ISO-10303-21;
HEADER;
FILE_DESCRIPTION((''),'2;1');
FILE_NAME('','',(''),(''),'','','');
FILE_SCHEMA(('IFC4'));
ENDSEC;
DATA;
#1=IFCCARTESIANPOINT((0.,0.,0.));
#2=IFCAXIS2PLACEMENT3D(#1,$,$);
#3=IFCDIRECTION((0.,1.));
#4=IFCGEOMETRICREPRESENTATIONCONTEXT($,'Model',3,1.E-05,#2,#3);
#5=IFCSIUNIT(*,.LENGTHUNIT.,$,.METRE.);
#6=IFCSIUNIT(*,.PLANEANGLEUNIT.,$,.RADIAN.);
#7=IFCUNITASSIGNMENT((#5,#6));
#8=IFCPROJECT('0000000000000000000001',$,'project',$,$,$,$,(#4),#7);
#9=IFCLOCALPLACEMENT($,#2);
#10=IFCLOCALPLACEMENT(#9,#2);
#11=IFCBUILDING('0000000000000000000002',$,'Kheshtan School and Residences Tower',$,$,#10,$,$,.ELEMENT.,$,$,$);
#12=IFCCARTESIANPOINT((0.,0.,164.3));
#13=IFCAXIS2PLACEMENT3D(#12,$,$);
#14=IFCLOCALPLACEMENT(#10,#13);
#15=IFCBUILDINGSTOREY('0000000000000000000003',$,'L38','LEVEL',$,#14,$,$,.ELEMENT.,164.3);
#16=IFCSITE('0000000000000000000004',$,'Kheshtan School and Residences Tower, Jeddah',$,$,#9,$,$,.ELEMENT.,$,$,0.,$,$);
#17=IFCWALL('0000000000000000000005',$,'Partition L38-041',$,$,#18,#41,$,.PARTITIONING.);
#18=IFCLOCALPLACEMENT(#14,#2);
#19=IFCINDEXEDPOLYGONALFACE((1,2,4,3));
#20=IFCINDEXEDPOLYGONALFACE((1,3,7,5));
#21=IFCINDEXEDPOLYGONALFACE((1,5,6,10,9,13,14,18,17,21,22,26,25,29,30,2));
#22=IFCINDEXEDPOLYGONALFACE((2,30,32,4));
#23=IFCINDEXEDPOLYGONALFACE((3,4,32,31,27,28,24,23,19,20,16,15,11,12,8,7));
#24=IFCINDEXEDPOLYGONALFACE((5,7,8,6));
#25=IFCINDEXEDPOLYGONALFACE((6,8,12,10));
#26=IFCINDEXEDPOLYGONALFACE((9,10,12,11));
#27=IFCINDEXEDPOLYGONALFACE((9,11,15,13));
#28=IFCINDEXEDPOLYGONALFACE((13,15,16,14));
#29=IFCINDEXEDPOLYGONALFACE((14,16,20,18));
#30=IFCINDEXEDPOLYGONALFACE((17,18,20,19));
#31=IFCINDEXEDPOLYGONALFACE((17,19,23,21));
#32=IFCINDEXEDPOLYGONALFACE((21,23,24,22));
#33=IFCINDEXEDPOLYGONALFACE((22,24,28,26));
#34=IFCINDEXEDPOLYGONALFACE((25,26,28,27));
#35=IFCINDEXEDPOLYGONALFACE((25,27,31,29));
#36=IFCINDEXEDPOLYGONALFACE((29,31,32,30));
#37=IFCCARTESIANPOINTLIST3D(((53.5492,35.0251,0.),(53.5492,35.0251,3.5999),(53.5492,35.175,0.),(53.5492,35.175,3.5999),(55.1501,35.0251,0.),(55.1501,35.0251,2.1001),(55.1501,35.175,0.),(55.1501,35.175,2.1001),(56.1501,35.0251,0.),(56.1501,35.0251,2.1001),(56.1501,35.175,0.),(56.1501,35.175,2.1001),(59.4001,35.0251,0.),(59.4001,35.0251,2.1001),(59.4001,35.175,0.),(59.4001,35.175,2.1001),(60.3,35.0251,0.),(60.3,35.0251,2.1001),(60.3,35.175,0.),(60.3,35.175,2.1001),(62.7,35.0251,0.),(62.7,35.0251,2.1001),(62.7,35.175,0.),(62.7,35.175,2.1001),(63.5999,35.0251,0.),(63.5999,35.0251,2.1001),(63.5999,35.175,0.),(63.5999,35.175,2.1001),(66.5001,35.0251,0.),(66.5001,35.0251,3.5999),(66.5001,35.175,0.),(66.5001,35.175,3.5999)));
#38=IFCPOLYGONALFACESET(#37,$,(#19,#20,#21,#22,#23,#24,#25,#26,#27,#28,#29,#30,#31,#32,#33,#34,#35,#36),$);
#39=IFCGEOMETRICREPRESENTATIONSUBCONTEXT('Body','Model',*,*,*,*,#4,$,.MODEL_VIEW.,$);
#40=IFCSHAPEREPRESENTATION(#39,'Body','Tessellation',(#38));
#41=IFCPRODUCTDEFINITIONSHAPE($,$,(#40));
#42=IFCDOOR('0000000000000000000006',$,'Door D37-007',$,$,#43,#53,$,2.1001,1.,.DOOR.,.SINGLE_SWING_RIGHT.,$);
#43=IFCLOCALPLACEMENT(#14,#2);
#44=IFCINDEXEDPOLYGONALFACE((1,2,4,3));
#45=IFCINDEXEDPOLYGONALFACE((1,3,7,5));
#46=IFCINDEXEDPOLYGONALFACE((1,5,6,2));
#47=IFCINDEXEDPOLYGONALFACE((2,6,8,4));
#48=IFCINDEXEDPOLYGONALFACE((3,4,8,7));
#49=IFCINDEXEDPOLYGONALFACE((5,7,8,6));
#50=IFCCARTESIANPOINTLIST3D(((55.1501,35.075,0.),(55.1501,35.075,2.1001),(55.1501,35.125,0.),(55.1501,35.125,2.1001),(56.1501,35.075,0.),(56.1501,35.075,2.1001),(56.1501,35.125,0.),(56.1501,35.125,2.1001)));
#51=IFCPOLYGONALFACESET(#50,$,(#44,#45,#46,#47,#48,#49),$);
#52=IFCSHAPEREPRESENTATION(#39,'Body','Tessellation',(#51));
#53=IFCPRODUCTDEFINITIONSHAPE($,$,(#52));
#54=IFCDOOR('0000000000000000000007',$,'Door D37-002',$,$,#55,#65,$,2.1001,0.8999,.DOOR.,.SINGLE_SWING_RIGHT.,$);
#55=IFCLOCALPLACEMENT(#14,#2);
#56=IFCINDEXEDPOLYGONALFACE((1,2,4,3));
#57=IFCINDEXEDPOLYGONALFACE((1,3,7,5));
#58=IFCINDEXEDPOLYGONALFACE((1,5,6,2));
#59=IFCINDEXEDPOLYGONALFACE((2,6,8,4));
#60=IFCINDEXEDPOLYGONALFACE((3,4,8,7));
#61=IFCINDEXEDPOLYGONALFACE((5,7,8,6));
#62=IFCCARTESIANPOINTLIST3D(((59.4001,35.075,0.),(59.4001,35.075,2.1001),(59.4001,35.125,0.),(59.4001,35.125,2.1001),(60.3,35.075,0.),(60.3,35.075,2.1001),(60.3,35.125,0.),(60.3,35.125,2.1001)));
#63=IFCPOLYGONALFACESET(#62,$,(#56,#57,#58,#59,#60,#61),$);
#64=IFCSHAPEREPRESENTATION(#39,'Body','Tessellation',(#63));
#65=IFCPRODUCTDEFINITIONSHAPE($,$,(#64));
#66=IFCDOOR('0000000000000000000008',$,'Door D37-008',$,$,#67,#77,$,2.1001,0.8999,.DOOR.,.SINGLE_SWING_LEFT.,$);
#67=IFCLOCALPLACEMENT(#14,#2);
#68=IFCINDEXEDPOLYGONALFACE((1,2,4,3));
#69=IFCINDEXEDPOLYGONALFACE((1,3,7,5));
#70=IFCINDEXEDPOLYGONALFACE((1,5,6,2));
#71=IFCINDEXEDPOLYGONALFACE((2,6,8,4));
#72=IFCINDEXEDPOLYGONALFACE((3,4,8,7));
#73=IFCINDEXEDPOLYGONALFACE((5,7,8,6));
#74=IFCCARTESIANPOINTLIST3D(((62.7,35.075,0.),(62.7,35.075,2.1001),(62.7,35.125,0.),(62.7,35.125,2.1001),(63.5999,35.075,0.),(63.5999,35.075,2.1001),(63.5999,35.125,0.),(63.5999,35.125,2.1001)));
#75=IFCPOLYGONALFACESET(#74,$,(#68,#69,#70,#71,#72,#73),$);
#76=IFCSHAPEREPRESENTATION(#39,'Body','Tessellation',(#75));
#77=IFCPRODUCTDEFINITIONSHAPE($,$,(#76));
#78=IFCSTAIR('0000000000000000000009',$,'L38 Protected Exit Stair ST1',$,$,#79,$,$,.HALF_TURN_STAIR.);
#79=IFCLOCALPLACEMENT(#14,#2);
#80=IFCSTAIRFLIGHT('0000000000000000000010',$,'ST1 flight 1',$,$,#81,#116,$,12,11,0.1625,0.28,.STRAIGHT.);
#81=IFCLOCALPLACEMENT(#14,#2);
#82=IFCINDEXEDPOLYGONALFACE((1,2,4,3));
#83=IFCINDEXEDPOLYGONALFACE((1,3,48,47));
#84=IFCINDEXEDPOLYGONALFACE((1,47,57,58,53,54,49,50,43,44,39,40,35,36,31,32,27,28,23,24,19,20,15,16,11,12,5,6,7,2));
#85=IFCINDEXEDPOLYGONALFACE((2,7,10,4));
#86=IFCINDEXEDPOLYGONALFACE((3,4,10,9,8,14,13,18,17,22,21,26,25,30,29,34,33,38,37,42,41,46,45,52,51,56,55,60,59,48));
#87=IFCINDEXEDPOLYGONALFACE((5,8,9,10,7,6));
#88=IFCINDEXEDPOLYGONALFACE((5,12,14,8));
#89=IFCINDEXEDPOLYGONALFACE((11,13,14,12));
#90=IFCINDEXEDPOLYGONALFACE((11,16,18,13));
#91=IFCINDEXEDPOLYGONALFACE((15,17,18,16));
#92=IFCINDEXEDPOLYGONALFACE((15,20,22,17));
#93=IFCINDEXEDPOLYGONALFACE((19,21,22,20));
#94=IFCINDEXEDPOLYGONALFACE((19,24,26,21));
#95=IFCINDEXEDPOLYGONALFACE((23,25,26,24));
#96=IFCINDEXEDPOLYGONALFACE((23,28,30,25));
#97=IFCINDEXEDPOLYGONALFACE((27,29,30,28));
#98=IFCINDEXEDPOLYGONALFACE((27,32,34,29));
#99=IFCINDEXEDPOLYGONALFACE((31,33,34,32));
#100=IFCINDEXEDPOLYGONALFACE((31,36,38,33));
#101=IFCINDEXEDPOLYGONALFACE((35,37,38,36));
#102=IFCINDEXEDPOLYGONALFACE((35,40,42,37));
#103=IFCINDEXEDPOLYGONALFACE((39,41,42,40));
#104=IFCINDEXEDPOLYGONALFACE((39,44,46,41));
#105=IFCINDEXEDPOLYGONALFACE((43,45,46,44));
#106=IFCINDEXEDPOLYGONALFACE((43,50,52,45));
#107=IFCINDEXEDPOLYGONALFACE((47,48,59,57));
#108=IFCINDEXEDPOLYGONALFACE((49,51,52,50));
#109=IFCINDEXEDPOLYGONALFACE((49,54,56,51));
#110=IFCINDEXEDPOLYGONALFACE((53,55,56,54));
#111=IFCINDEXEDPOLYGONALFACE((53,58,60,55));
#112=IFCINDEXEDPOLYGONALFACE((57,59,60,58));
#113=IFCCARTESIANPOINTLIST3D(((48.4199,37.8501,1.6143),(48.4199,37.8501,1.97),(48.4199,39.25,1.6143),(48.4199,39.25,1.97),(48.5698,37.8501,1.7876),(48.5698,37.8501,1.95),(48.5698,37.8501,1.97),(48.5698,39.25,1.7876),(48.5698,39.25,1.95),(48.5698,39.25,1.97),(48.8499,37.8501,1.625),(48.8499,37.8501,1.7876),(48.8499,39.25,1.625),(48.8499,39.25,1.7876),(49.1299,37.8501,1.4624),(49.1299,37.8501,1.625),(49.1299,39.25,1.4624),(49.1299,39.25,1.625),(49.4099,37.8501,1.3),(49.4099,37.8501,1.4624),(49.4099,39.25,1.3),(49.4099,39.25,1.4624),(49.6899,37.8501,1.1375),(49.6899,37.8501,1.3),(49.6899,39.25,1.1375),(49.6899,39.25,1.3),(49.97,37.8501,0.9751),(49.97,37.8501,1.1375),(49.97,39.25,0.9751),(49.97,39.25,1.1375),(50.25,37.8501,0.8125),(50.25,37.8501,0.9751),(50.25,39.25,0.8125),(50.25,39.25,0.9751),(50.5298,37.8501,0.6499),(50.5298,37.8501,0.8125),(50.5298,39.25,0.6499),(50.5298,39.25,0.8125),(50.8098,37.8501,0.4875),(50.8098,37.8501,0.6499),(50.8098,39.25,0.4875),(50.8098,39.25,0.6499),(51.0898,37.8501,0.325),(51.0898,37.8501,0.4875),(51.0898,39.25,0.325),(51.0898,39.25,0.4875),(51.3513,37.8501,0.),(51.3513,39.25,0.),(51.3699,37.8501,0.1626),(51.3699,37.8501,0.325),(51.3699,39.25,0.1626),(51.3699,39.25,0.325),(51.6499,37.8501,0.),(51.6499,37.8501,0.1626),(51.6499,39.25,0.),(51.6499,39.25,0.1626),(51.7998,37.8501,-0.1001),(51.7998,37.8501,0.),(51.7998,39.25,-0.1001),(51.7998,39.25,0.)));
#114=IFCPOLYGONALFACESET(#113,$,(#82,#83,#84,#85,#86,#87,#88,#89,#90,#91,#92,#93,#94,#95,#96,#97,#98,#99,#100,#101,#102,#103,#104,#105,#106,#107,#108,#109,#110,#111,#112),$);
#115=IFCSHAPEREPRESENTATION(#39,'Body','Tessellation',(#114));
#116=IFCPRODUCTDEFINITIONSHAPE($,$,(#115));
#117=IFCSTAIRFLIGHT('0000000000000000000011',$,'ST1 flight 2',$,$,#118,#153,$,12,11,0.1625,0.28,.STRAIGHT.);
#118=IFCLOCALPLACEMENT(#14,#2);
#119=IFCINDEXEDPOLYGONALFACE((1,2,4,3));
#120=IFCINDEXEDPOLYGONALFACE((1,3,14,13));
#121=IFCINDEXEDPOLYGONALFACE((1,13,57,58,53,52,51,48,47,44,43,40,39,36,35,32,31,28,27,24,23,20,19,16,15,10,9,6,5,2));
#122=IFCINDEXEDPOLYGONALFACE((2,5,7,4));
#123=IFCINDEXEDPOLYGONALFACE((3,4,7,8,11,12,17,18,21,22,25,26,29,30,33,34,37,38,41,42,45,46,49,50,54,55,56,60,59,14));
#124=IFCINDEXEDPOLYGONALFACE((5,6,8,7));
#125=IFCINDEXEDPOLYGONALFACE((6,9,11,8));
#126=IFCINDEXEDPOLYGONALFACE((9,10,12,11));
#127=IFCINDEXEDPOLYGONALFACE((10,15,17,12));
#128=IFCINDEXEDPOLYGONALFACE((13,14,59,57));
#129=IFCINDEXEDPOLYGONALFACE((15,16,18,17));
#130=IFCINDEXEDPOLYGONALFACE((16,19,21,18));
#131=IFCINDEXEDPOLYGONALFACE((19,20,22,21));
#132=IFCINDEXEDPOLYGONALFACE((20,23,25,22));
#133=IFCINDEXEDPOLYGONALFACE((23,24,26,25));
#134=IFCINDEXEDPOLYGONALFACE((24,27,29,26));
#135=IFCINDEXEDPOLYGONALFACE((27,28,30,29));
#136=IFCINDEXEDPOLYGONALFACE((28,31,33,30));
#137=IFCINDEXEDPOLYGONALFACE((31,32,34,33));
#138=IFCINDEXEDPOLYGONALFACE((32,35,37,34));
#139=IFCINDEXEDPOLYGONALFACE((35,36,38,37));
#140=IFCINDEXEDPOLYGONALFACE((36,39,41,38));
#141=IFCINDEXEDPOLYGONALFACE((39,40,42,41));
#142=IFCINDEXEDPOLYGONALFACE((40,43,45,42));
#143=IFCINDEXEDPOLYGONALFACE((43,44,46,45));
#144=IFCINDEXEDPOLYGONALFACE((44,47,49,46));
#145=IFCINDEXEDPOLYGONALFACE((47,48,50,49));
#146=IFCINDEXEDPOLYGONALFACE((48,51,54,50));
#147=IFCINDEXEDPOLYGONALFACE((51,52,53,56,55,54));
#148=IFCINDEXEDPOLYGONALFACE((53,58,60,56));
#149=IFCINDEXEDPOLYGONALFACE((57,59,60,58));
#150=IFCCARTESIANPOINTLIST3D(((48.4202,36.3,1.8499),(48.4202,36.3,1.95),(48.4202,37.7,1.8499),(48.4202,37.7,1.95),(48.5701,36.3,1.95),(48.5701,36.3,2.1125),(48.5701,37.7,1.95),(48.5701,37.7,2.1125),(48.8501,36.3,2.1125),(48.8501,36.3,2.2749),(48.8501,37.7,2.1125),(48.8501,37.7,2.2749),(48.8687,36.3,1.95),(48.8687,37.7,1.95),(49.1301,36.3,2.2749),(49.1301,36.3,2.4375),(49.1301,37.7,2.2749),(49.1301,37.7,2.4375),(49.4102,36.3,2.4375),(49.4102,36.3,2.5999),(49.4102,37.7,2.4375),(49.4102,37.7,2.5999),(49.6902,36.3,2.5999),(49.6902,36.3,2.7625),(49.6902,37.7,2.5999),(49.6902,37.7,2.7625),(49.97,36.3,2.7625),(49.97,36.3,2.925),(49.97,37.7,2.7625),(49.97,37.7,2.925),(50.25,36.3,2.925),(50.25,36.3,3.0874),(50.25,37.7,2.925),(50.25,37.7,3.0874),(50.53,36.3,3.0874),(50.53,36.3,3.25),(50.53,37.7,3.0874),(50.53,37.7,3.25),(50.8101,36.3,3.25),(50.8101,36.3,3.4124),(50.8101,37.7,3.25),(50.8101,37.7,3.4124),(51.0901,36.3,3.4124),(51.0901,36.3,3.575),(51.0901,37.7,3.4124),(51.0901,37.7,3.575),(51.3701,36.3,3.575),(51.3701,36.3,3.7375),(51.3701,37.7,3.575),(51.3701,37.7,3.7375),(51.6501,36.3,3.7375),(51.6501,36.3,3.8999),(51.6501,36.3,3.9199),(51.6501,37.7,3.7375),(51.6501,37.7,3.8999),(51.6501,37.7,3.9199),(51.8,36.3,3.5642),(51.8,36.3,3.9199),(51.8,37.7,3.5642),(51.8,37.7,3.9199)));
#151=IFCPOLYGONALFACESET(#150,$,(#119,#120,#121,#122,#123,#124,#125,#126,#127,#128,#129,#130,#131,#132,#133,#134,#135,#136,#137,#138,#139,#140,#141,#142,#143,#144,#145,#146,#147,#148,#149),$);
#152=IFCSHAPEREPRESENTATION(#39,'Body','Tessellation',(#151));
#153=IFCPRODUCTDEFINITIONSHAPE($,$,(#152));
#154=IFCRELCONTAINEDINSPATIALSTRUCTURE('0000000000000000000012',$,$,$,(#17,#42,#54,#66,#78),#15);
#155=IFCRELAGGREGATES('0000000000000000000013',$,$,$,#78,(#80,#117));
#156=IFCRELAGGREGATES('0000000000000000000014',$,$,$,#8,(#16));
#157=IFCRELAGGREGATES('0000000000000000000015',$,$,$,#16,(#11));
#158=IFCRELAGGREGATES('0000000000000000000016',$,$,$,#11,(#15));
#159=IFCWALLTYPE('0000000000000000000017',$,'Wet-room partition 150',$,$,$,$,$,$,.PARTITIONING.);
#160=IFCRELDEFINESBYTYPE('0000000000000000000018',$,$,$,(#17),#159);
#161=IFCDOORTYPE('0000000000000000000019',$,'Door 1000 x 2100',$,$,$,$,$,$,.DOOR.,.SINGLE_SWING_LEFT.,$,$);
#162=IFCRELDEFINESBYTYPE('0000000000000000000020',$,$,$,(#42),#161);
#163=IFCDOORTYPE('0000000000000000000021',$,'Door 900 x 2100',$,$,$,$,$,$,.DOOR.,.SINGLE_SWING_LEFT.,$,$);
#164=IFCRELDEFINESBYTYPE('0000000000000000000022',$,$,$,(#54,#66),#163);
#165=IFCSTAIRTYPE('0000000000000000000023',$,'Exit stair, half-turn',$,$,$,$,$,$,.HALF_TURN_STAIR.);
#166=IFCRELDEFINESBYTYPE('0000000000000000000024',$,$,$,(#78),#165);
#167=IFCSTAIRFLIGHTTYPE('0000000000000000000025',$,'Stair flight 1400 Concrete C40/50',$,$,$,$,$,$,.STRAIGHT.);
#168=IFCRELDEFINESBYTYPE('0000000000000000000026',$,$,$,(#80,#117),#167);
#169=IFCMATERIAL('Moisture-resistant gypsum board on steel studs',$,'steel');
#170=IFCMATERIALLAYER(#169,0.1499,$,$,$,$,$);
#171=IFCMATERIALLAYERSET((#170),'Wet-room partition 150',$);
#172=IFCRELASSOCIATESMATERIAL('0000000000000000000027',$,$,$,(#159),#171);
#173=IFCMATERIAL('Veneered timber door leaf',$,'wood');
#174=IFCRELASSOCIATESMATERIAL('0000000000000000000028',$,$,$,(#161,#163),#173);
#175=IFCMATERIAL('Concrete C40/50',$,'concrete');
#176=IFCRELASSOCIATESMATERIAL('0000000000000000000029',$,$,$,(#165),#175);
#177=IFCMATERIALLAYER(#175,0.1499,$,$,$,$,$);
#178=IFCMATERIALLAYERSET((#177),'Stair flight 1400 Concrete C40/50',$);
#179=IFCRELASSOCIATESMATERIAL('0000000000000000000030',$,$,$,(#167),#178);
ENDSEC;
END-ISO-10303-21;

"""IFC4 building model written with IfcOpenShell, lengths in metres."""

from ifc_helpers import new_model, si_unit, direction, frame, frame_2d, origin, place, context, subcontext, project, spatial, polyline, rectangle, outline, extrude, source, transform, mapped, material, layer, layer_set, type_object, element, fill, aggregate, save


model = new_model("IFC4")

# Units and contexts
model_context = context("Model", 3, precision=1e-05, world=origin(), true_north=direction((0.0, 1.0)))
body_context = subcontext(model_context, "Body", "Model", "MODEL_VIEW")
ifc_project = project(units=[si_unit("LENGTHUNIT", "METRE"), si_unit("PLANEANGLEUNIT", "RADIAN")], contexts=[model_context])

# Site, building, storey
site_placement = place(None, origin())
site = spatial("IfcSite", under=ifc_project, at=site_placement, Name="Kheshtan School and Residences Tower, Jeddah", CompositionType="ELEMENT", RefElevation=0.0)
building_placement = place(site_placement, origin())
building = spatial("IfcBuilding", under=site, at=building_placement, Name="Kheshtan School and Residences Tower", CompositionType="ELEMENT")
storey_placement = place(building_placement, frame((0.0, 0.0, 164.3)))
storey = spatial("IfcBuildingStorey", under=building, at=storey_placement, Name="L38", Description="LEVEL", CompositionType="ELEMENT", Elevation=164.3)

# Shared definitions
ifc_material_1 = material(Name="Concrete C40/50", Category="concrete")

# Wall, openings, doors
ifc_material_2 = material(Name="Moisture-resistant gypsum board on steel studs", Category="steel")
ifc_layer_1 = layer(ifc_material_2, 0.1499)
ifc_layer_set_1 = layer_set([ifc_layer_1], Name="Wet-room partition 150")
wall_type_1 = type_object("IfcWallType", Name="Wet-room partition 150", PredefinedType="PARTITIONING", material=ifc_layer_set_1)
wall_1_placement = place(storey_placement, frame((53.5491, 35.1001, 0.0), z_axis=(0.0, 0.0, 1.0), x_axis=(1.0, 0.0, 0.0)))
wall_1 = element("IfcWall", 1, at=wall_1_placement, inside=storey, type_object=wall_type_1, Name="Partition L38-041", PredefinedType="PARTITIONING", context=body_context, shape_type="SweptSolid", body=[
    extrude(rectangle(XDim=12.9509, YDim=0.1499, at=frame_2d((6.4756, 0.0))), origin(), (0.0, 0.0, 1.0), 3.5999),
])
opening_1_placement = place(wall_1_placement, frame((5.8511, 0.0, 0.0)))
opening_1 = element("IfcOpeningElement", 2, at=opening_1_placement, cuts=wall_1, PredefinedType="OPENING", context=body_context, shape_type="SweptSolid", body=[
    extrude(rectangle(XDim=0.8999, YDim=2.1001, at=frame_2d((0.45, 1.05))), frame((0.0, 0.085, 0.0), z_axis=(0.0, -1.0, 0.0), x_axis=(1.0, 0.0, 0.0)), (0.0, 0.0, 1.0), 0.1699),
])
opening_2_placement = place(wall_1_placement, frame((1.6011, 0.0, 0.0)))
opening_2 = element("IfcOpeningElement", 3, at=opening_2_placement, cuts=wall_1, PredefinedType="OPENING", context=body_context, shape_type="SweptSolid", body=[
    extrude(rectangle(XDim=1.0, YDim=2.1001, at=frame_2d((0.5, 1.05))), frame((0.0, 0.085, 0.0), z_axis=(0.0, -1.0, 0.0), x_axis=(1.0, 0.0, 0.0)), (0.0, 0.0, 1.0), 0.1699),
])
opening_3_placement = place(wall_1_placement, frame((9.1509, 0.0, 0.0)))
opening_3 = element("IfcOpeningElement", 4, at=opening_3_placement, cuts=wall_1, PredefinedType="OPENING", context=body_context, shape_type="SweptSolid", body=[
    extrude(rectangle(XDim=0.8999, YDim=2.1001, at=frame_2d((0.45, 1.05))), frame((0.0, 0.085, 0.0), z_axis=(0.0, -1.0, 0.0), x_axis=(1.0, 0.0, 0.0)), (0.0, 0.0, 1.0), 0.1699),
])
ifc_material_3 = material(Name="Veneered timber door leaf", Category="wood")
door_type_1 = type_object("IfcDoorType", Name="Door 1000 x 2100", OperationType="SINGLE_SWING_LEFT", PredefinedType="DOOR", material=ifc_material_3)
shared_shape_1 = source(origin(), body_context, "Body", "SweptSolid", [
    extrude(rectangle(XDim=1.0, YDim=2.1001, at=frame_2d((0.5, 1.05))), frame((0.0, 0.0249, 0.0), z_axis=(0.0, -1.0, 0.0), x_axis=(1.0, 0.0, 0.0)), (0.0, 0.0, 1.0), 0.05),
])
door_1_placement = place(opening_2_placement, origin())
door_1 = element("IfcDoor", 5, at=door_1_placement, inside=storey, type_object=door_type_1, Name="Door D37-007", OperationType="SINGLE_SWING_RIGHT", OverallHeight=2.1001, OverallWidth=1.0, PredefinedType="DOOR", context=body_context, shape_type="MappedRepresentation", body=[
    mapped(shared_shape_1, transform((0.0, 0.0, 0.0), x_axis=(1.0, 0.0, 0.0), y_axis=(0.0, 1.0, 0.0), z_axis=(0.0, 0.0, 1.0), scale=1.0)),
])
fill(opening_2, door_1)
door_type_2 = type_object("IfcDoorType", Name="Door 900 x 2100", OperationType="SINGLE_SWING_LEFT", PredefinedType="DOOR", material=ifc_material_3)
shared_shape_2 = source(origin(), body_context, "Body", "SweptSolid", [
    extrude(rectangle(XDim=0.8999, YDim=2.1001, at=frame_2d((0.45, 1.05))), frame((0.0, 0.0249, 0.0), z_axis=(0.0, -1.0, 0.0), x_axis=(1.0, 0.0, 0.0)), (0.0, 0.0, 1.0), 0.05),
])
door_2_placement = place(opening_1_placement, origin())
door_2 = element("IfcDoor", 6, at=door_2_placement, inside=storey, type_object=door_type_2, Name="Door D37-002", OperationType="SINGLE_SWING_RIGHT", OverallHeight=2.1001, OverallWidth=0.8999, PredefinedType="DOOR", context=body_context, shape_type="MappedRepresentation", body=[
    mapped(shared_shape_2, transform((0.0, 0.0, 0.0), x_axis=(1.0, 0.0, 0.0), y_axis=(0.0, 1.0, 0.0), z_axis=(0.0, 0.0, 1.0), scale=1.0)),
])
fill(opening_1, door_2)
door_3_placement = place(opening_3_placement, origin())
door_3 = element("IfcDoor", 7, at=door_3_placement, inside=storey, type_object=door_type_2, Name="Door D37-008", OperationType="SINGLE_SWING_LEFT", OverallHeight=2.1001, OverallWidth=0.8999, PredefinedType="DOOR", context=body_context, shape_type="MappedRepresentation", body=[
    mapped(shared_shape_2, transform((0.0, 0.0, 0.0), x_axis=(1.0, 0.0, 0.0), y_axis=(0.0, 1.0, 0.0), z_axis=(0.0, 0.0, 1.0), scale=1.0)),
])
fill(opening_3, door_3)

# Stair, stair flights
stair_type = type_object("IfcStairType", Name="Exit stair, half-turn", PredefinedType="HALF_TURN_STAIR", material=ifc_material_1)
stair_placement = place(storey_placement, origin())
stair = element("IfcStair", 8, at=stair_placement, inside=storey, type_object=stair_type, Name="L38 Protected Exit Stair ST1", PredefinedType="HALF_TURN_STAIR")
ifc_layer_2 = layer(ifc_material_1, 0.1499)
ifc_layer_set_2 = layer_set([ifc_layer_2], Name="Stair flight 1400 Concrete C40/50")
stair_flight_type = type_object("IfcStairFlightType", Name="Stair flight 1400 Concrete C40/50", PredefinedType="STRAIGHT", material=ifc_layer_set_2)
stair_flight_1_placement = place(storey_placement, frame((51.6499, 38.55, 0.0), z_axis=(0.0, 0.0, 1.0), x_axis=(-1.0, 0.0, 0.0)))
stair_flight_1 = element("IfcStairFlight", 9, at=stair_flight_1_placement, type_object=stair_flight_type, Name="ST1 flight 1", NumberOfRisers=12, NumberOfTreads=11, PredefinedType="STRAIGHT", RiserHeight=0.1625, TreadLength=0.28, context=body_context, shape_type="SweptSolid", body=[
    extrude(outline(polyline([(-0.1499, -0.1001), (-0.1499, 0.0), (0.0, 0.0), (0.0, 0.1626), (0.28, 0.1626), (0.28, 0.325), (0.5601, 0.325), (0.5601, 0.4875), (0.8401, 0.4875), (0.8401, 0.6499), (1.1201, 0.6499), (1.1201, 0.8125), (1.3999, 0.8125), (1.3999, 0.9751), (1.6799, 0.9751), (1.6799, 1.1375), (1.96, 1.1375), (1.96, 1.3), (2.24, 1.3), (2.24, 1.4624), (2.52, 1.4624), (2.52, 1.625), (2.8, 1.625), (2.8, 1.7876), (3.0801, 1.7876), (3.0801, 1.95), (3.0801, 1.97), (3.23, 1.97), (3.23, 1.6143), (0.2986, 0.0), (-0.1499, -0.1001)])), frame((0.0, 0.7, 0.0), z_axis=(0.0, -1.0, 0.0), x_axis=(1.0, 0.0, 0.0)), (0.0, 0.0, 1.0), 1.3999),
])
stair_flight_2_placement = place(storey_placement, frame((48.5701, 37.0, 1.95), z_axis=(0.0, 0.0, 1.0), x_axis=(1.0, 0.0, 0.0)))
stair_flight_2 = element("IfcStairFlight", 10, at=stair_flight_2_placement, type_object=stair_flight_type, Name="ST1 flight 2", NumberOfRisers=12, NumberOfTreads=11, PredefinedType="STRAIGHT", RiserHeight=0.1625, TreadLength=0.28, context=body_context, shape_type="SweptSolid", body=[
    extrude(outline(polyline([(-0.1499, -0.1001), (-0.1499, 0.0), (0.0, 0.0), (0.0, 0.1626), (0.28, 0.1626), (0.28, 0.325), (0.5601, 0.325), (0.5601, 0.4875), (0.8401, 0.4875), (0.8401, 0.6499), (1.1201, 0.6499), (1.1201, 0.8125), (1.3999, 0.8125), (1.3999, 0.9751), (1.6799, 0.9751), (1.6799, 1.1375), (1.96, 1.1375), (1.96, 1.3), (2.24, 1.3), (2.24, 1.4624), (2.52, 1.4624), (2.52, 1.625), (2.8, 1.625), (2.8, 1.7876), (3.0801, 1.7876), (3.0801, 1.95), (3.0801, 1.97), (3.23, 1.97), (3.23, 1.6143), (0.2986, 0.0), (-0.1499, -0.1001)])), frame((0.0, 0.7, 0.0), z_axis=(0.0, -1.0, 0.0), x_axis=(1.0, 0.0, 0.0)), (0.0, 0.0, 1.0), 1.3999),
])
aggregate(stair, [stair_flight_1, stair_flight_2])

save(model, "model.ifc")
